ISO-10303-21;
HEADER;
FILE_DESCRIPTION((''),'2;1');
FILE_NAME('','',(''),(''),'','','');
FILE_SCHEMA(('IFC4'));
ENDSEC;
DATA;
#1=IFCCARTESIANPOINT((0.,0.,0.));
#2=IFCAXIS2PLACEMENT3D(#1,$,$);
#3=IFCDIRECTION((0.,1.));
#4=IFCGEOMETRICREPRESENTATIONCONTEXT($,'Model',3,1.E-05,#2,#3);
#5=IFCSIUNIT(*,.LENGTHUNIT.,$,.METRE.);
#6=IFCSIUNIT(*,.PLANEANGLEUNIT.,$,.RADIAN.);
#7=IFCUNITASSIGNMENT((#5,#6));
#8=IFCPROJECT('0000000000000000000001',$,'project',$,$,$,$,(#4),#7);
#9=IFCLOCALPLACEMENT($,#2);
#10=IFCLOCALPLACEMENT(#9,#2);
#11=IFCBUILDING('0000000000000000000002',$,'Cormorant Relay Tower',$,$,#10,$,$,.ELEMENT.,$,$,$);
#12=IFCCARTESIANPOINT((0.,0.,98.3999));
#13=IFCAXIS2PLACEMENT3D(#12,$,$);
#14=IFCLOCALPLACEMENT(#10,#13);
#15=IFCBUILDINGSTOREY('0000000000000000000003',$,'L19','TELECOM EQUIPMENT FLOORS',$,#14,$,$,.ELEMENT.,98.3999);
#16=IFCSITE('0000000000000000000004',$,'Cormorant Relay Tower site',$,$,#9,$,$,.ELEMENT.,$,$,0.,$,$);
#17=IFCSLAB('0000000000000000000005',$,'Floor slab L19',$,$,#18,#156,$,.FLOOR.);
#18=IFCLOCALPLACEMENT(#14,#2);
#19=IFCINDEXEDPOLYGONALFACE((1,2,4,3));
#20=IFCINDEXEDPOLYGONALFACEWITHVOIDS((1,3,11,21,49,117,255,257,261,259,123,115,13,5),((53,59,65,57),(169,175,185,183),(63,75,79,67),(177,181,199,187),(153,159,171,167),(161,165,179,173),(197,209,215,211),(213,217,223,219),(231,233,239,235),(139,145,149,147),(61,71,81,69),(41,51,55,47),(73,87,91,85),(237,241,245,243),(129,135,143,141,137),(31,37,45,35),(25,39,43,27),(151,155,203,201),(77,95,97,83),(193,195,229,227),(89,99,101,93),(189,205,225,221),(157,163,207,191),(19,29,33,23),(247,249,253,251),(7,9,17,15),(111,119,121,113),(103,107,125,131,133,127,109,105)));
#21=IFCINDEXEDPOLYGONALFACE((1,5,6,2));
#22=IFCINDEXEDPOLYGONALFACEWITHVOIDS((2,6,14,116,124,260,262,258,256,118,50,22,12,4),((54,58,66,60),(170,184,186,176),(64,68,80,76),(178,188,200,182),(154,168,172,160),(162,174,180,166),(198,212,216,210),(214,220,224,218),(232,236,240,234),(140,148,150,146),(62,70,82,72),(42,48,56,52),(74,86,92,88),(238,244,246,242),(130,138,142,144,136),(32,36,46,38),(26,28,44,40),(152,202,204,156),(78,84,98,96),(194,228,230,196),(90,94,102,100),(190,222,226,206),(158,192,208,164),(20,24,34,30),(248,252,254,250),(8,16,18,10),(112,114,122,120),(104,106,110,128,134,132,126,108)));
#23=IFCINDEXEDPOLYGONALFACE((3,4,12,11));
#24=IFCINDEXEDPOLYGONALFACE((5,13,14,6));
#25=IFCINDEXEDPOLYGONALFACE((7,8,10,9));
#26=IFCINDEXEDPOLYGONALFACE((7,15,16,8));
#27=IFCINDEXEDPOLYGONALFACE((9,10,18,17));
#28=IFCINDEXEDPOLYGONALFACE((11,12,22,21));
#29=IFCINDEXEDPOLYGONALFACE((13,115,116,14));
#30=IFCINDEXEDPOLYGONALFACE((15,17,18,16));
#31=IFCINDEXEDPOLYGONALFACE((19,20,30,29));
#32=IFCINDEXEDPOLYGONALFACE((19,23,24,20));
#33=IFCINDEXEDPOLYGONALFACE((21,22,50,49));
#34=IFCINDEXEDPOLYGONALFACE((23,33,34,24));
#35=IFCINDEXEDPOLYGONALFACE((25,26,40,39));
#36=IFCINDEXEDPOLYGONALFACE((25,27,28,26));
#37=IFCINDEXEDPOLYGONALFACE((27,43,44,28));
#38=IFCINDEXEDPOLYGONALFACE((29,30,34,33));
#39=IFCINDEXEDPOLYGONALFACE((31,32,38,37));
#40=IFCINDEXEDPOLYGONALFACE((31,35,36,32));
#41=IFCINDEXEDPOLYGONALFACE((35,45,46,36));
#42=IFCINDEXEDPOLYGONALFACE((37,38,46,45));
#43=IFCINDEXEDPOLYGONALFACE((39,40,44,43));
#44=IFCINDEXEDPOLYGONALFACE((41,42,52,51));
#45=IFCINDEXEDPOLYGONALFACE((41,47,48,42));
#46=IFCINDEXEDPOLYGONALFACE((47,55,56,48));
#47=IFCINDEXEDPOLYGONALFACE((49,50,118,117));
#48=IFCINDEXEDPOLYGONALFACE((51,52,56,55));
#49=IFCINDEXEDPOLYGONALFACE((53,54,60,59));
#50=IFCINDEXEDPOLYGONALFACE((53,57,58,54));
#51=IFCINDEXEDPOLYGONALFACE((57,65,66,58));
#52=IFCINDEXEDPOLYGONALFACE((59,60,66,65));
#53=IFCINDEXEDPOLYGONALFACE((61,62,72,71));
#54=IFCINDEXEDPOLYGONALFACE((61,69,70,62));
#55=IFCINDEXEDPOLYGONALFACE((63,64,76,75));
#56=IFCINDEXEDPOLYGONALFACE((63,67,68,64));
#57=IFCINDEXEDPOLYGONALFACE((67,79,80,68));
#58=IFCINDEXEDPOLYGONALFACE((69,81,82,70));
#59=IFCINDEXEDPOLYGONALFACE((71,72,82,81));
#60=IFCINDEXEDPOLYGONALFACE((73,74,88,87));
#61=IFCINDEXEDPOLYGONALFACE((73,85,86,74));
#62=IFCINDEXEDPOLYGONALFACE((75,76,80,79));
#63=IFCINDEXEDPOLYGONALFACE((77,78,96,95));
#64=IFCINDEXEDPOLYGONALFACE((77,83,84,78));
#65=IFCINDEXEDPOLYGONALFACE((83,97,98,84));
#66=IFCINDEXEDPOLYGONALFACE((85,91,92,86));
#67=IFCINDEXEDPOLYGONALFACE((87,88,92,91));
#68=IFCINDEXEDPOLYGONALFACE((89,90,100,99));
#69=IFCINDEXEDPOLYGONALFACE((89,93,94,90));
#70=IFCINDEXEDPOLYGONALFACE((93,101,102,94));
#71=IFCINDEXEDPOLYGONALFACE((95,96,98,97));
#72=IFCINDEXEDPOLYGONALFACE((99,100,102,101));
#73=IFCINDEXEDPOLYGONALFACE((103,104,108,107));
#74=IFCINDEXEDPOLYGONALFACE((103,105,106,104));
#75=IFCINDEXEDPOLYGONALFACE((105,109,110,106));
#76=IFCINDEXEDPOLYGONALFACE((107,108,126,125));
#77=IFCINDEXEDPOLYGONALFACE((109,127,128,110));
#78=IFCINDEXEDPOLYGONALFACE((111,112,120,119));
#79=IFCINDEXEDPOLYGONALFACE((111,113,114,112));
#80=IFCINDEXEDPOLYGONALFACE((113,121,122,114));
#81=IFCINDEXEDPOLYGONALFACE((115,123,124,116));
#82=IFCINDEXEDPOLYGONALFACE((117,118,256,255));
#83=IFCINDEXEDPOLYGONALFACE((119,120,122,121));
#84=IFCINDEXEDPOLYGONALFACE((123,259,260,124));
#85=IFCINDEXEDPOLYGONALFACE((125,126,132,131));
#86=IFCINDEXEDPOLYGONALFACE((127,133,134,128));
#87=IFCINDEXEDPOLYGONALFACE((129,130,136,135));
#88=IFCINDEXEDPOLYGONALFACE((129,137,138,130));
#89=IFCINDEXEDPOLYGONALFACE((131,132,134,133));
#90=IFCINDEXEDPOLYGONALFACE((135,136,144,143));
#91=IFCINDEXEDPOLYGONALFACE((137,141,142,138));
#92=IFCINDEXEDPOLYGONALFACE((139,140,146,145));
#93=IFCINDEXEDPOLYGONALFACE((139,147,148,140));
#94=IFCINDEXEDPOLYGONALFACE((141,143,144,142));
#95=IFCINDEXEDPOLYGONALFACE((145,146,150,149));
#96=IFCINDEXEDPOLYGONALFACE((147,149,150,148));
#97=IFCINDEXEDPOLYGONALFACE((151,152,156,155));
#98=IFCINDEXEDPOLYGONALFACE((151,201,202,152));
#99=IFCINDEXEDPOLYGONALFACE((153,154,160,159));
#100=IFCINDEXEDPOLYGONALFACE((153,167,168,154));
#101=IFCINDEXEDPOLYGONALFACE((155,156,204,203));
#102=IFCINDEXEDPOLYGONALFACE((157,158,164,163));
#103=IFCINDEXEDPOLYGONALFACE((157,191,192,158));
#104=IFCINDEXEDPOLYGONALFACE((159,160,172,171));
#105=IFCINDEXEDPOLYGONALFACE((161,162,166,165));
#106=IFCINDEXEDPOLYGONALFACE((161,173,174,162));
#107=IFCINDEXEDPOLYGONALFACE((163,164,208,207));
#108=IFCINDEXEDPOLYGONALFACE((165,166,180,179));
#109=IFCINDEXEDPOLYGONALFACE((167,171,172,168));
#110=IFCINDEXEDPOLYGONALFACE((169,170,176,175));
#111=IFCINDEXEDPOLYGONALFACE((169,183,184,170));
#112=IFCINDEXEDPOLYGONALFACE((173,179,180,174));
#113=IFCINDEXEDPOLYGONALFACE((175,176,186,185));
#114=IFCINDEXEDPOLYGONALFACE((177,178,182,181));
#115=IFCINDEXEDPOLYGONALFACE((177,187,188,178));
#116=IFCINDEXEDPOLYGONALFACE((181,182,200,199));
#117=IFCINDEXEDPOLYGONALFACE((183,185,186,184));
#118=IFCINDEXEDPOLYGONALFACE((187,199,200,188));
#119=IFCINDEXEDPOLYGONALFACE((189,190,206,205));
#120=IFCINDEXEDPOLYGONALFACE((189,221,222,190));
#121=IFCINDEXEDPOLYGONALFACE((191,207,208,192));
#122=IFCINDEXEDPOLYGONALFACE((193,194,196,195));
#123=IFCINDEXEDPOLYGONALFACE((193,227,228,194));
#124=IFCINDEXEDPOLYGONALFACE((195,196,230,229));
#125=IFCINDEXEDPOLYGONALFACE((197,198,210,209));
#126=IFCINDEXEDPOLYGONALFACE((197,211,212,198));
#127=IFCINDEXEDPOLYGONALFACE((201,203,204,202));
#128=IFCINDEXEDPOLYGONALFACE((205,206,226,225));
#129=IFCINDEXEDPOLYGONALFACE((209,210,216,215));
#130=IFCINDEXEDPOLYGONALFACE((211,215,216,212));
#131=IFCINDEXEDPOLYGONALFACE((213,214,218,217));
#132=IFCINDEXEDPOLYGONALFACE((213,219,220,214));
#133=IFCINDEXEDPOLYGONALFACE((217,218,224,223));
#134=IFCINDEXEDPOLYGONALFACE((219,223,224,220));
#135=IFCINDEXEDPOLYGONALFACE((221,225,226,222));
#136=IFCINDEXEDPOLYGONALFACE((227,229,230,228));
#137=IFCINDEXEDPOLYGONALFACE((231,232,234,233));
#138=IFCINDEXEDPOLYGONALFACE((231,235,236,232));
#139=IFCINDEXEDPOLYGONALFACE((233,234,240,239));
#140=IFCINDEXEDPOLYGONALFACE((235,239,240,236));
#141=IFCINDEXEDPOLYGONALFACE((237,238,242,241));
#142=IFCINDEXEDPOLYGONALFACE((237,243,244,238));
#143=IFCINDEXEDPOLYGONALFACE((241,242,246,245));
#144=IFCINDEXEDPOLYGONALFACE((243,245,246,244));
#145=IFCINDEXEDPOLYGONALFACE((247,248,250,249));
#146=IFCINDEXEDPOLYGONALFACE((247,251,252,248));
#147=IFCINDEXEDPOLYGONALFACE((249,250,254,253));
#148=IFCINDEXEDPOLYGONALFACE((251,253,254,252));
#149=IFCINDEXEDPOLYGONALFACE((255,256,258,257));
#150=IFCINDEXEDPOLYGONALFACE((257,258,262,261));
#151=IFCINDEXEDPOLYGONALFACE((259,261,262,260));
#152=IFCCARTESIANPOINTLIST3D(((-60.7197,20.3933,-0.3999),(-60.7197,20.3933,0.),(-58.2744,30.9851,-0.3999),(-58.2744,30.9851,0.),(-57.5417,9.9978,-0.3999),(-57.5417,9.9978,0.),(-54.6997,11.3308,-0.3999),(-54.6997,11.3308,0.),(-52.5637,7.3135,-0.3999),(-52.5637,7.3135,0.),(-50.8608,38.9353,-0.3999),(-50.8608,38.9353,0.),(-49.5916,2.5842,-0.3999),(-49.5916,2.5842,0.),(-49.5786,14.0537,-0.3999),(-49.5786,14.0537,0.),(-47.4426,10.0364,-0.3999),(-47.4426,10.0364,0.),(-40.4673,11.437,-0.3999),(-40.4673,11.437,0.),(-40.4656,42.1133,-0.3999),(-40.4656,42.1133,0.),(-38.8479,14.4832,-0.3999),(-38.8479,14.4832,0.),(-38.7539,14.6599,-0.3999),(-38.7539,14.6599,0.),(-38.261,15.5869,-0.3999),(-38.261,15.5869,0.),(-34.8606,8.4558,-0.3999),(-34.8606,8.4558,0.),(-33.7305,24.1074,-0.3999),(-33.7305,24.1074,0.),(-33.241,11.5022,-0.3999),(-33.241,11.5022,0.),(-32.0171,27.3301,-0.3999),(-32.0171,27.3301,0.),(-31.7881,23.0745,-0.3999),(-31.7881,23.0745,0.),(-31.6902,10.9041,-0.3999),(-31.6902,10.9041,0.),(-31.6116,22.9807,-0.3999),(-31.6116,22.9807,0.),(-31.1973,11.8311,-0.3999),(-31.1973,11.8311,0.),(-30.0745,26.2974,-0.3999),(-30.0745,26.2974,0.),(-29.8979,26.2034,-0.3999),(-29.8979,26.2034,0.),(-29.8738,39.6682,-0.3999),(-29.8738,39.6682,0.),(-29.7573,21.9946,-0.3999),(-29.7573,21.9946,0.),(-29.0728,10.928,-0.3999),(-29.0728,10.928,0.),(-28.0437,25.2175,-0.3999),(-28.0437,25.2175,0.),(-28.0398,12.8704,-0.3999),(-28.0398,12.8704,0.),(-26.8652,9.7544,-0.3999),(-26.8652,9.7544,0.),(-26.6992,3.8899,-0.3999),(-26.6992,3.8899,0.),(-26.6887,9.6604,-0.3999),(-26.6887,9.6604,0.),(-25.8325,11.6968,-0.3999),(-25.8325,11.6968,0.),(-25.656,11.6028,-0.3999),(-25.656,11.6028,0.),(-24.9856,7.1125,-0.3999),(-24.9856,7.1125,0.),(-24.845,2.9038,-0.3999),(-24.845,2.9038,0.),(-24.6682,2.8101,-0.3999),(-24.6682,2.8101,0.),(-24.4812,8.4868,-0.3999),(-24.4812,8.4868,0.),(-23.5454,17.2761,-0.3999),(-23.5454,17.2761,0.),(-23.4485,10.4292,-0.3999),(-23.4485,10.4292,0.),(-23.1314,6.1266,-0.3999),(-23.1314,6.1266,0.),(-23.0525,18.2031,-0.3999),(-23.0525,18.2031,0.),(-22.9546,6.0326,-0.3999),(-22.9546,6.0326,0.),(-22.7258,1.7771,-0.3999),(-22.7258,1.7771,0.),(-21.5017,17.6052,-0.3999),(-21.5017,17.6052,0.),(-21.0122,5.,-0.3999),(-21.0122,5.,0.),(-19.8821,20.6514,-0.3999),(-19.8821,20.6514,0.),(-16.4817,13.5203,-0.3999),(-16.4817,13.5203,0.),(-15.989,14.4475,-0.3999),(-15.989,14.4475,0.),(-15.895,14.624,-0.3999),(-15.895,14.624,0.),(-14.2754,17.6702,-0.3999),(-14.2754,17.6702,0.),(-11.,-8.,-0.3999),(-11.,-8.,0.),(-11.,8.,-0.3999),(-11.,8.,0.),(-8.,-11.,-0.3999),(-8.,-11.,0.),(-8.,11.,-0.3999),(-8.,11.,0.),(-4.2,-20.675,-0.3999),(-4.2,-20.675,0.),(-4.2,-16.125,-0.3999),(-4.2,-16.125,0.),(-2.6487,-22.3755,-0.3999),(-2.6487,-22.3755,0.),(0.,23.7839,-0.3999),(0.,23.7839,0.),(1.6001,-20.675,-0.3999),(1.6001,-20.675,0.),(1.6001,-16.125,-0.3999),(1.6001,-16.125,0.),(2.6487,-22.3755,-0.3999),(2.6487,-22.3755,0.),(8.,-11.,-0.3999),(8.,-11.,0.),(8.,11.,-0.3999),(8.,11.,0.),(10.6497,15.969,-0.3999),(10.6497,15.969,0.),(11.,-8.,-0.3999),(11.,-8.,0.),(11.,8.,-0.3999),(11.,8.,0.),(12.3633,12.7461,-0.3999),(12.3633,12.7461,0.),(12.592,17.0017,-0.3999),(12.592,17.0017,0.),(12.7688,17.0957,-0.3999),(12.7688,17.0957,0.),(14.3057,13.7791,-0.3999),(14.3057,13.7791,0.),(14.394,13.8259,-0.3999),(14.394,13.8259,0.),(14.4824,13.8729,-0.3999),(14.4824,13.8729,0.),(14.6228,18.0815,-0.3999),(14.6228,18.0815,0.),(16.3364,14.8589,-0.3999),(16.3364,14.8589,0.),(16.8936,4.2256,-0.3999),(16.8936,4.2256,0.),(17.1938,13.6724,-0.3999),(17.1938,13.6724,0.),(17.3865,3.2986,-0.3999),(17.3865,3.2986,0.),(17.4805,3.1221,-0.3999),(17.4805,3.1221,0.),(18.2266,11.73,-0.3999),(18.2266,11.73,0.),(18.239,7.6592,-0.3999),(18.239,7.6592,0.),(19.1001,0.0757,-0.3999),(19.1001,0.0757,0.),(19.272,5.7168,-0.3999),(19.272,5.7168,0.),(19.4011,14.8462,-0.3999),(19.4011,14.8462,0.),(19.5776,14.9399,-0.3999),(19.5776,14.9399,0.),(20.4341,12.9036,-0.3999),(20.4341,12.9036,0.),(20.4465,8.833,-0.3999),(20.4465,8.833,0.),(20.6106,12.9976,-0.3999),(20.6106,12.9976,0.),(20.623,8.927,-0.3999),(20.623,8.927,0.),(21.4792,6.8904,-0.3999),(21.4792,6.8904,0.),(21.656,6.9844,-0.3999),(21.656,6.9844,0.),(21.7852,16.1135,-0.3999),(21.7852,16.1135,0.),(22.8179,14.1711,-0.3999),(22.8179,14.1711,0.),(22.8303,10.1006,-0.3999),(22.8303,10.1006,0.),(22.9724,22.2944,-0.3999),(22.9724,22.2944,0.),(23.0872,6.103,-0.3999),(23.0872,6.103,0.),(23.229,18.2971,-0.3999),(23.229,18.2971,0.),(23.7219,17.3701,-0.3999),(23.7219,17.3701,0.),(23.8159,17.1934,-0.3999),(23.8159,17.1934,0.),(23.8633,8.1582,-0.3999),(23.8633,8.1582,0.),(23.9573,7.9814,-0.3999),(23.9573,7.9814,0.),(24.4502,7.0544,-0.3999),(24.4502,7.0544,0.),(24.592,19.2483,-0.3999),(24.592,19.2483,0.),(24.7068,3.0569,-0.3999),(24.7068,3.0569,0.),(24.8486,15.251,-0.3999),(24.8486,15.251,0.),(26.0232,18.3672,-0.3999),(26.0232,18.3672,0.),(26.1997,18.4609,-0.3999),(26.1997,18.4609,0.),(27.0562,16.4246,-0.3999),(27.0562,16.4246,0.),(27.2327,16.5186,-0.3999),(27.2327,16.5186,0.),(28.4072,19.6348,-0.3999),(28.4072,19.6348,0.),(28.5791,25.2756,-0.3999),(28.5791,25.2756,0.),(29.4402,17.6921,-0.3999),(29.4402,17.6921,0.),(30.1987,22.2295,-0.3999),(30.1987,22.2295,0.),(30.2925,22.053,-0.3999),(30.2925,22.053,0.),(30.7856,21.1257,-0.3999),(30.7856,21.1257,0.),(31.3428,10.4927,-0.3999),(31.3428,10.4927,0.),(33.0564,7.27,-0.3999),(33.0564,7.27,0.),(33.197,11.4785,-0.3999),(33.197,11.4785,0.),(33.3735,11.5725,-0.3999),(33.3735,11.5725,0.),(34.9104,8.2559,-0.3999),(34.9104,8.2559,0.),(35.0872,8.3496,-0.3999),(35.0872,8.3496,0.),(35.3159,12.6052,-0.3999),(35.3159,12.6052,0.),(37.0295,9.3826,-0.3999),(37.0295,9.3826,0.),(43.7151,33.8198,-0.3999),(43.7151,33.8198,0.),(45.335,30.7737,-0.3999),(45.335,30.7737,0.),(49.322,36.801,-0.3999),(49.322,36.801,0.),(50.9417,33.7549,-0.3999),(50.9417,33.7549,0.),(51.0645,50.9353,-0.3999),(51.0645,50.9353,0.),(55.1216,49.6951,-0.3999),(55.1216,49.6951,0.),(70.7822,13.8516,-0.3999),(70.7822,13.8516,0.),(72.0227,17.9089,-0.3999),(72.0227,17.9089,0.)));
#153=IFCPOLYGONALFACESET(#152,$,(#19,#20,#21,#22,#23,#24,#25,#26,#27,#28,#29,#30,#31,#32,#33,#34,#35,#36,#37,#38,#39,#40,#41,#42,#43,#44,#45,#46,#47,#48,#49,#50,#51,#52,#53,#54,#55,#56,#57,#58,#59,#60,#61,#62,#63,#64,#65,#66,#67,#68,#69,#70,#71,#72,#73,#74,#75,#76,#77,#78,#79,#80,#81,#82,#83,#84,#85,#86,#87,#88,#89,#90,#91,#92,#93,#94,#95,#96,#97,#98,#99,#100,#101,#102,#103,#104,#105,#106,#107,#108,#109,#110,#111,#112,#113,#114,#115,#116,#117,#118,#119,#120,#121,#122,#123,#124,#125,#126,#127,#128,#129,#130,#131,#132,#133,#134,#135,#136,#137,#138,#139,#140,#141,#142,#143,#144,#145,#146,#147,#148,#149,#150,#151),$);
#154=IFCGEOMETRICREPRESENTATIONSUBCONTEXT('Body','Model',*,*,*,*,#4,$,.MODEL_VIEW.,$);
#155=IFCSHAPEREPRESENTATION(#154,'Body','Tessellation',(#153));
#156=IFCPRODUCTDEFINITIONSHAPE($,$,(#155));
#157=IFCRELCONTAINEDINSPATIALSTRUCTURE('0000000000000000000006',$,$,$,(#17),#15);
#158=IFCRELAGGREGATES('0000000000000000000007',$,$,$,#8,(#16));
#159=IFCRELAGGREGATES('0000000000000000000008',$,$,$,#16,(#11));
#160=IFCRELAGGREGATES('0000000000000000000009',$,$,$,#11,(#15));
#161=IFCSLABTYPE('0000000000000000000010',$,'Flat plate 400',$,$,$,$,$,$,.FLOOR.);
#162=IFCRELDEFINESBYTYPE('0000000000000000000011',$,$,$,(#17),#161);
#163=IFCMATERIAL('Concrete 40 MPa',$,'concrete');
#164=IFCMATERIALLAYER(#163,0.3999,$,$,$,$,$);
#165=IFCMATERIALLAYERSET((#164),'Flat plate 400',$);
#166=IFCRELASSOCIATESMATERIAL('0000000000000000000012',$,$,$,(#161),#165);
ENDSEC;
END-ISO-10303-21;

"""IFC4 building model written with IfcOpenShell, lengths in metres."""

from ifc_helpers import new_model, si_unit, direction, frame, origin, place, context, subcontext, project, spatial, polyline, outline, extrude, material, layer, layer_set, type_object, element, save


model = new_model("IFC4")

# Units and contexts
model_context = context("Model", 3, precision=1e-05, world=origin(), true_north=direction((0.0, 1.0)))
body_context = subcontext(model_context, "Body", "Model", "MODEL_VIEW")
ifc_project = project(units=[si_unit("LENGTHUNIT", "METRE"), si_unit("PLANEANGLEUNIT", "RADIAN")], contexts=[model_context])

# Site, building, storey
site_placement = place(None, origin())
site = spatial("IfcSite", under=ifc_project, at=site_placement, Name="Cormorant Relay Tower site", CompositionType="ELEMENT", RefElevation=0.0)
building_placement = place(site_placement, origin())
building = spatial("IfcBuilding", under=site, at=building_placement, Name="Cormorant Relay Tower", CompositionType="ELEMENT")
storey_placement = place(building_placement, frame((0.0, 0.0, 98.3999)))
storey = spatial("IfcBuildingStorey", under=building, at=storey_placement, Name="L19", Description="TELECOM EQUIPMENT FLOORS", CompositionType="ELEMENT", Elevation=98.3999)

# Slab
ifc_material_1 = material(Name="Concrete 40 MPa", Category="concrete")
ifc_layer_1 = layer(ifc_material_1, 0.3999)
ifc_layer_set_1 = layer_set([ifc_layer_1], Name="Flat plate 400")
slab_type_1 = type_object("IfcSlabType", Name="Flat plate 400", PredefinedType="FLOOR", material=ifc_layer_set_1)
slab_1_placement = place(storey_placement, frame((0.0, 0.0, -0.3999)))
element("IfcSlab", 1, at=slab_1_placement, inside=storey, type_object=slab_type_1, Name="Floor slab L19", PredefinedType="FLOOR", context=body_context, shape_type="SweptSolid", body=[
    extrude(outline(polyline([(-60.7197, 20.3933), (-58.2744, 30.9851), (-50.8608, 38.9353), (-40.4656, 42.1133), (-29.8738, 39.6682), (0.0, 23.7839), (51.0645, 50.9353), (55.1216, 49.6951), (72.0227, 17.9089), (70.7822, 13.8516), (2.6487, -22.3755), (-2.6487, -22.3755), (-49.5916, 2.5842), (-57.5417, 9.9978), (-60.7197, 20.3933)]), holes=[polyline([(11.0, -8.0), (11.0, 8.0), (8.0, 11.0), (-8.0, 11.0), (-11.0, 8.0), (-11.0, -8.0), (-8.0, -11.0), (8.0, -11.0), (11.0, -8.0)]), polyline([(-4.2, -16.125), (-4.2, -20.675), (1.6001, -20.675), (1.6001, -16.125), (-4.2, -16.125)]), polyline([(-22.9546, 6.0327), (-24.6682, 2.8101), (-22.7258, 1.7771), (-21.0122, 5.0), (-23.043, 6.0796), (-22.9546, 6.0327)]), polyline([(-24.9856, 7.1125), (-26.6992, 3.8899), (-24.845, 2.9038), (-23.1313, 6.1267), (-23.043, 6.0796), (-24.9856, 7.1125)]), polyline([(-26.6887, 9.6604), (-24.4812, 8.4868), (-23.4485, 10.4292), (-25.656, 11.6028), (-26.6887, 9.6604)]), polyline([(-49.5786, 14.0537), (-54.6997, 11.3308), (-52.5637, 7.3135), (-47.4426, 10.0364), (-49.5786, 14.0537)]), polyline([(-28.0398, 12.8704), (-29.0728, 10.928), (-26.8652, 9.7544), (-25.8325, 11.6968), (-28.0398, 12.8704)]), polyline([(-38.8479, 14.4832), (-40.4673, 11.437), (-34.8606, 8.4558), (-33.241, 11.5022), (-38.8479, 14.4832)]), polyline([(-38.261, 15.5869), (-38.7539, 14.6599), (-31.6902, 10.9041), (-31.1973, 11.8311), (-38.261, 15.5869)]), polyline([(14.3057, 13.7791), (12.592, 17.0017), (10.6497, 15.969), (12.3633, 12.7461), (14.394, 13.8259), (14.3057, 13.7791)]), polyline([(16.3364, 14.8589), (14.6228, 18.0815), (12.7688, 17.0957), (14.4824, 13.8728), (14.394, 13.8259), (16.3364, 14.8589)]), polyline([(-16.4817, 13.5203), (-15.989, 14.4475), (-23.0525, 18.2031), (-23.5454, 17.2761), (-16.4817, 13.5203)]), polyline([(-21.5017, 17.6052), (-15.895, 14.624), (-14.2754, 17.6702), (-19.8821, 20.6514), (-21.5017, 17.6052)]), polyline([(-31.6116, 22.9807), (-29.7573, 21.9946), (-28.0437, 25.2175), (-29.8979, 26.2034), (-31.6116, 22.9807)]), polyline([(-33.7305, 24.1074), (-31.7881, 23.0745), (-30.0745, 26.2974), (-32.0171, 27.3301), (-33.7305, 24.1074)]), polyline([(23.0872, 6.103), (17.4805, 3.1221), (19.1001, 0.0757), (24.7068, 3.0569), (23.0872, 6.103)]), polyline([(16.8936, 4.2256), (17.3865, 3.2986), (24.4502, 7.0544), (23.9573, 7.9814), (16.8936, 4.2256)]), polyline([(20.4465, 8.833), (18.239, 7.6592), (19.272, 5.7168), (21.4792, 6.8904), (20.4465, 8.833)]), polyline([(22.8303, 10.1006), (20.623, 8.927), (21.656, 6.9844), (23.8633, 8.1582), (22.8303, 10.1006)]), polyline([(33.197, 11.4785), (31.3428, 10.4927), (33.0564, 7.27), (34.9104, 8.2559), (33.197, 11.4785)]), polyline([(33.3735, 11.5725), (35.0872, 8.3496), (37.0295, 9.3826), (35.3159, 12.6052), (33.3735, 11.5725)]), polyline([(19.4011, 14.8462), (17.1938, 13.6724), (18.2266, 11.73), (20.4341, 12.9036), (19.4011, 14.8462)]), polyline([(22.8179, 14.1711), (21.7852, 16.1135), (19.5776, 14.9399), (20.6106, 12.9976), (22.8179, 14.1711)]), polyline([(26.0232, 18.3672), (23.8159, 17.1934), (24.8486, 15.251), (27.0562, 16.4246), (26.0232, 18.3672)]), polyline([(29.4402, 17.6921), (28.4072, 19.6348), (26.1997, 18.4609), (27.2327, 16.5186), (29.4402, 17.6921)]), polyline([(30.7856, 21.1257), (30.2925, 22.053), (23.229, 18.2971), (23.7219, 17.3701), (30.7856, 21.1257)]), polyline([(24.592, 19.2483), (30.1987, 22.2295), (28.5791, 25.2756), (22.9724, 22.2944), (24.592, 19.2483)]), polyline([(45.335, 30.7737), (50.9417, 33.7549), (49.322, 36.801), (43.7151, 33.8198), (45.335, 30.7737)])]), origin(), (0.0, 0.0, 1.0), 0.3999),
])

save(model, "model.ifc")
